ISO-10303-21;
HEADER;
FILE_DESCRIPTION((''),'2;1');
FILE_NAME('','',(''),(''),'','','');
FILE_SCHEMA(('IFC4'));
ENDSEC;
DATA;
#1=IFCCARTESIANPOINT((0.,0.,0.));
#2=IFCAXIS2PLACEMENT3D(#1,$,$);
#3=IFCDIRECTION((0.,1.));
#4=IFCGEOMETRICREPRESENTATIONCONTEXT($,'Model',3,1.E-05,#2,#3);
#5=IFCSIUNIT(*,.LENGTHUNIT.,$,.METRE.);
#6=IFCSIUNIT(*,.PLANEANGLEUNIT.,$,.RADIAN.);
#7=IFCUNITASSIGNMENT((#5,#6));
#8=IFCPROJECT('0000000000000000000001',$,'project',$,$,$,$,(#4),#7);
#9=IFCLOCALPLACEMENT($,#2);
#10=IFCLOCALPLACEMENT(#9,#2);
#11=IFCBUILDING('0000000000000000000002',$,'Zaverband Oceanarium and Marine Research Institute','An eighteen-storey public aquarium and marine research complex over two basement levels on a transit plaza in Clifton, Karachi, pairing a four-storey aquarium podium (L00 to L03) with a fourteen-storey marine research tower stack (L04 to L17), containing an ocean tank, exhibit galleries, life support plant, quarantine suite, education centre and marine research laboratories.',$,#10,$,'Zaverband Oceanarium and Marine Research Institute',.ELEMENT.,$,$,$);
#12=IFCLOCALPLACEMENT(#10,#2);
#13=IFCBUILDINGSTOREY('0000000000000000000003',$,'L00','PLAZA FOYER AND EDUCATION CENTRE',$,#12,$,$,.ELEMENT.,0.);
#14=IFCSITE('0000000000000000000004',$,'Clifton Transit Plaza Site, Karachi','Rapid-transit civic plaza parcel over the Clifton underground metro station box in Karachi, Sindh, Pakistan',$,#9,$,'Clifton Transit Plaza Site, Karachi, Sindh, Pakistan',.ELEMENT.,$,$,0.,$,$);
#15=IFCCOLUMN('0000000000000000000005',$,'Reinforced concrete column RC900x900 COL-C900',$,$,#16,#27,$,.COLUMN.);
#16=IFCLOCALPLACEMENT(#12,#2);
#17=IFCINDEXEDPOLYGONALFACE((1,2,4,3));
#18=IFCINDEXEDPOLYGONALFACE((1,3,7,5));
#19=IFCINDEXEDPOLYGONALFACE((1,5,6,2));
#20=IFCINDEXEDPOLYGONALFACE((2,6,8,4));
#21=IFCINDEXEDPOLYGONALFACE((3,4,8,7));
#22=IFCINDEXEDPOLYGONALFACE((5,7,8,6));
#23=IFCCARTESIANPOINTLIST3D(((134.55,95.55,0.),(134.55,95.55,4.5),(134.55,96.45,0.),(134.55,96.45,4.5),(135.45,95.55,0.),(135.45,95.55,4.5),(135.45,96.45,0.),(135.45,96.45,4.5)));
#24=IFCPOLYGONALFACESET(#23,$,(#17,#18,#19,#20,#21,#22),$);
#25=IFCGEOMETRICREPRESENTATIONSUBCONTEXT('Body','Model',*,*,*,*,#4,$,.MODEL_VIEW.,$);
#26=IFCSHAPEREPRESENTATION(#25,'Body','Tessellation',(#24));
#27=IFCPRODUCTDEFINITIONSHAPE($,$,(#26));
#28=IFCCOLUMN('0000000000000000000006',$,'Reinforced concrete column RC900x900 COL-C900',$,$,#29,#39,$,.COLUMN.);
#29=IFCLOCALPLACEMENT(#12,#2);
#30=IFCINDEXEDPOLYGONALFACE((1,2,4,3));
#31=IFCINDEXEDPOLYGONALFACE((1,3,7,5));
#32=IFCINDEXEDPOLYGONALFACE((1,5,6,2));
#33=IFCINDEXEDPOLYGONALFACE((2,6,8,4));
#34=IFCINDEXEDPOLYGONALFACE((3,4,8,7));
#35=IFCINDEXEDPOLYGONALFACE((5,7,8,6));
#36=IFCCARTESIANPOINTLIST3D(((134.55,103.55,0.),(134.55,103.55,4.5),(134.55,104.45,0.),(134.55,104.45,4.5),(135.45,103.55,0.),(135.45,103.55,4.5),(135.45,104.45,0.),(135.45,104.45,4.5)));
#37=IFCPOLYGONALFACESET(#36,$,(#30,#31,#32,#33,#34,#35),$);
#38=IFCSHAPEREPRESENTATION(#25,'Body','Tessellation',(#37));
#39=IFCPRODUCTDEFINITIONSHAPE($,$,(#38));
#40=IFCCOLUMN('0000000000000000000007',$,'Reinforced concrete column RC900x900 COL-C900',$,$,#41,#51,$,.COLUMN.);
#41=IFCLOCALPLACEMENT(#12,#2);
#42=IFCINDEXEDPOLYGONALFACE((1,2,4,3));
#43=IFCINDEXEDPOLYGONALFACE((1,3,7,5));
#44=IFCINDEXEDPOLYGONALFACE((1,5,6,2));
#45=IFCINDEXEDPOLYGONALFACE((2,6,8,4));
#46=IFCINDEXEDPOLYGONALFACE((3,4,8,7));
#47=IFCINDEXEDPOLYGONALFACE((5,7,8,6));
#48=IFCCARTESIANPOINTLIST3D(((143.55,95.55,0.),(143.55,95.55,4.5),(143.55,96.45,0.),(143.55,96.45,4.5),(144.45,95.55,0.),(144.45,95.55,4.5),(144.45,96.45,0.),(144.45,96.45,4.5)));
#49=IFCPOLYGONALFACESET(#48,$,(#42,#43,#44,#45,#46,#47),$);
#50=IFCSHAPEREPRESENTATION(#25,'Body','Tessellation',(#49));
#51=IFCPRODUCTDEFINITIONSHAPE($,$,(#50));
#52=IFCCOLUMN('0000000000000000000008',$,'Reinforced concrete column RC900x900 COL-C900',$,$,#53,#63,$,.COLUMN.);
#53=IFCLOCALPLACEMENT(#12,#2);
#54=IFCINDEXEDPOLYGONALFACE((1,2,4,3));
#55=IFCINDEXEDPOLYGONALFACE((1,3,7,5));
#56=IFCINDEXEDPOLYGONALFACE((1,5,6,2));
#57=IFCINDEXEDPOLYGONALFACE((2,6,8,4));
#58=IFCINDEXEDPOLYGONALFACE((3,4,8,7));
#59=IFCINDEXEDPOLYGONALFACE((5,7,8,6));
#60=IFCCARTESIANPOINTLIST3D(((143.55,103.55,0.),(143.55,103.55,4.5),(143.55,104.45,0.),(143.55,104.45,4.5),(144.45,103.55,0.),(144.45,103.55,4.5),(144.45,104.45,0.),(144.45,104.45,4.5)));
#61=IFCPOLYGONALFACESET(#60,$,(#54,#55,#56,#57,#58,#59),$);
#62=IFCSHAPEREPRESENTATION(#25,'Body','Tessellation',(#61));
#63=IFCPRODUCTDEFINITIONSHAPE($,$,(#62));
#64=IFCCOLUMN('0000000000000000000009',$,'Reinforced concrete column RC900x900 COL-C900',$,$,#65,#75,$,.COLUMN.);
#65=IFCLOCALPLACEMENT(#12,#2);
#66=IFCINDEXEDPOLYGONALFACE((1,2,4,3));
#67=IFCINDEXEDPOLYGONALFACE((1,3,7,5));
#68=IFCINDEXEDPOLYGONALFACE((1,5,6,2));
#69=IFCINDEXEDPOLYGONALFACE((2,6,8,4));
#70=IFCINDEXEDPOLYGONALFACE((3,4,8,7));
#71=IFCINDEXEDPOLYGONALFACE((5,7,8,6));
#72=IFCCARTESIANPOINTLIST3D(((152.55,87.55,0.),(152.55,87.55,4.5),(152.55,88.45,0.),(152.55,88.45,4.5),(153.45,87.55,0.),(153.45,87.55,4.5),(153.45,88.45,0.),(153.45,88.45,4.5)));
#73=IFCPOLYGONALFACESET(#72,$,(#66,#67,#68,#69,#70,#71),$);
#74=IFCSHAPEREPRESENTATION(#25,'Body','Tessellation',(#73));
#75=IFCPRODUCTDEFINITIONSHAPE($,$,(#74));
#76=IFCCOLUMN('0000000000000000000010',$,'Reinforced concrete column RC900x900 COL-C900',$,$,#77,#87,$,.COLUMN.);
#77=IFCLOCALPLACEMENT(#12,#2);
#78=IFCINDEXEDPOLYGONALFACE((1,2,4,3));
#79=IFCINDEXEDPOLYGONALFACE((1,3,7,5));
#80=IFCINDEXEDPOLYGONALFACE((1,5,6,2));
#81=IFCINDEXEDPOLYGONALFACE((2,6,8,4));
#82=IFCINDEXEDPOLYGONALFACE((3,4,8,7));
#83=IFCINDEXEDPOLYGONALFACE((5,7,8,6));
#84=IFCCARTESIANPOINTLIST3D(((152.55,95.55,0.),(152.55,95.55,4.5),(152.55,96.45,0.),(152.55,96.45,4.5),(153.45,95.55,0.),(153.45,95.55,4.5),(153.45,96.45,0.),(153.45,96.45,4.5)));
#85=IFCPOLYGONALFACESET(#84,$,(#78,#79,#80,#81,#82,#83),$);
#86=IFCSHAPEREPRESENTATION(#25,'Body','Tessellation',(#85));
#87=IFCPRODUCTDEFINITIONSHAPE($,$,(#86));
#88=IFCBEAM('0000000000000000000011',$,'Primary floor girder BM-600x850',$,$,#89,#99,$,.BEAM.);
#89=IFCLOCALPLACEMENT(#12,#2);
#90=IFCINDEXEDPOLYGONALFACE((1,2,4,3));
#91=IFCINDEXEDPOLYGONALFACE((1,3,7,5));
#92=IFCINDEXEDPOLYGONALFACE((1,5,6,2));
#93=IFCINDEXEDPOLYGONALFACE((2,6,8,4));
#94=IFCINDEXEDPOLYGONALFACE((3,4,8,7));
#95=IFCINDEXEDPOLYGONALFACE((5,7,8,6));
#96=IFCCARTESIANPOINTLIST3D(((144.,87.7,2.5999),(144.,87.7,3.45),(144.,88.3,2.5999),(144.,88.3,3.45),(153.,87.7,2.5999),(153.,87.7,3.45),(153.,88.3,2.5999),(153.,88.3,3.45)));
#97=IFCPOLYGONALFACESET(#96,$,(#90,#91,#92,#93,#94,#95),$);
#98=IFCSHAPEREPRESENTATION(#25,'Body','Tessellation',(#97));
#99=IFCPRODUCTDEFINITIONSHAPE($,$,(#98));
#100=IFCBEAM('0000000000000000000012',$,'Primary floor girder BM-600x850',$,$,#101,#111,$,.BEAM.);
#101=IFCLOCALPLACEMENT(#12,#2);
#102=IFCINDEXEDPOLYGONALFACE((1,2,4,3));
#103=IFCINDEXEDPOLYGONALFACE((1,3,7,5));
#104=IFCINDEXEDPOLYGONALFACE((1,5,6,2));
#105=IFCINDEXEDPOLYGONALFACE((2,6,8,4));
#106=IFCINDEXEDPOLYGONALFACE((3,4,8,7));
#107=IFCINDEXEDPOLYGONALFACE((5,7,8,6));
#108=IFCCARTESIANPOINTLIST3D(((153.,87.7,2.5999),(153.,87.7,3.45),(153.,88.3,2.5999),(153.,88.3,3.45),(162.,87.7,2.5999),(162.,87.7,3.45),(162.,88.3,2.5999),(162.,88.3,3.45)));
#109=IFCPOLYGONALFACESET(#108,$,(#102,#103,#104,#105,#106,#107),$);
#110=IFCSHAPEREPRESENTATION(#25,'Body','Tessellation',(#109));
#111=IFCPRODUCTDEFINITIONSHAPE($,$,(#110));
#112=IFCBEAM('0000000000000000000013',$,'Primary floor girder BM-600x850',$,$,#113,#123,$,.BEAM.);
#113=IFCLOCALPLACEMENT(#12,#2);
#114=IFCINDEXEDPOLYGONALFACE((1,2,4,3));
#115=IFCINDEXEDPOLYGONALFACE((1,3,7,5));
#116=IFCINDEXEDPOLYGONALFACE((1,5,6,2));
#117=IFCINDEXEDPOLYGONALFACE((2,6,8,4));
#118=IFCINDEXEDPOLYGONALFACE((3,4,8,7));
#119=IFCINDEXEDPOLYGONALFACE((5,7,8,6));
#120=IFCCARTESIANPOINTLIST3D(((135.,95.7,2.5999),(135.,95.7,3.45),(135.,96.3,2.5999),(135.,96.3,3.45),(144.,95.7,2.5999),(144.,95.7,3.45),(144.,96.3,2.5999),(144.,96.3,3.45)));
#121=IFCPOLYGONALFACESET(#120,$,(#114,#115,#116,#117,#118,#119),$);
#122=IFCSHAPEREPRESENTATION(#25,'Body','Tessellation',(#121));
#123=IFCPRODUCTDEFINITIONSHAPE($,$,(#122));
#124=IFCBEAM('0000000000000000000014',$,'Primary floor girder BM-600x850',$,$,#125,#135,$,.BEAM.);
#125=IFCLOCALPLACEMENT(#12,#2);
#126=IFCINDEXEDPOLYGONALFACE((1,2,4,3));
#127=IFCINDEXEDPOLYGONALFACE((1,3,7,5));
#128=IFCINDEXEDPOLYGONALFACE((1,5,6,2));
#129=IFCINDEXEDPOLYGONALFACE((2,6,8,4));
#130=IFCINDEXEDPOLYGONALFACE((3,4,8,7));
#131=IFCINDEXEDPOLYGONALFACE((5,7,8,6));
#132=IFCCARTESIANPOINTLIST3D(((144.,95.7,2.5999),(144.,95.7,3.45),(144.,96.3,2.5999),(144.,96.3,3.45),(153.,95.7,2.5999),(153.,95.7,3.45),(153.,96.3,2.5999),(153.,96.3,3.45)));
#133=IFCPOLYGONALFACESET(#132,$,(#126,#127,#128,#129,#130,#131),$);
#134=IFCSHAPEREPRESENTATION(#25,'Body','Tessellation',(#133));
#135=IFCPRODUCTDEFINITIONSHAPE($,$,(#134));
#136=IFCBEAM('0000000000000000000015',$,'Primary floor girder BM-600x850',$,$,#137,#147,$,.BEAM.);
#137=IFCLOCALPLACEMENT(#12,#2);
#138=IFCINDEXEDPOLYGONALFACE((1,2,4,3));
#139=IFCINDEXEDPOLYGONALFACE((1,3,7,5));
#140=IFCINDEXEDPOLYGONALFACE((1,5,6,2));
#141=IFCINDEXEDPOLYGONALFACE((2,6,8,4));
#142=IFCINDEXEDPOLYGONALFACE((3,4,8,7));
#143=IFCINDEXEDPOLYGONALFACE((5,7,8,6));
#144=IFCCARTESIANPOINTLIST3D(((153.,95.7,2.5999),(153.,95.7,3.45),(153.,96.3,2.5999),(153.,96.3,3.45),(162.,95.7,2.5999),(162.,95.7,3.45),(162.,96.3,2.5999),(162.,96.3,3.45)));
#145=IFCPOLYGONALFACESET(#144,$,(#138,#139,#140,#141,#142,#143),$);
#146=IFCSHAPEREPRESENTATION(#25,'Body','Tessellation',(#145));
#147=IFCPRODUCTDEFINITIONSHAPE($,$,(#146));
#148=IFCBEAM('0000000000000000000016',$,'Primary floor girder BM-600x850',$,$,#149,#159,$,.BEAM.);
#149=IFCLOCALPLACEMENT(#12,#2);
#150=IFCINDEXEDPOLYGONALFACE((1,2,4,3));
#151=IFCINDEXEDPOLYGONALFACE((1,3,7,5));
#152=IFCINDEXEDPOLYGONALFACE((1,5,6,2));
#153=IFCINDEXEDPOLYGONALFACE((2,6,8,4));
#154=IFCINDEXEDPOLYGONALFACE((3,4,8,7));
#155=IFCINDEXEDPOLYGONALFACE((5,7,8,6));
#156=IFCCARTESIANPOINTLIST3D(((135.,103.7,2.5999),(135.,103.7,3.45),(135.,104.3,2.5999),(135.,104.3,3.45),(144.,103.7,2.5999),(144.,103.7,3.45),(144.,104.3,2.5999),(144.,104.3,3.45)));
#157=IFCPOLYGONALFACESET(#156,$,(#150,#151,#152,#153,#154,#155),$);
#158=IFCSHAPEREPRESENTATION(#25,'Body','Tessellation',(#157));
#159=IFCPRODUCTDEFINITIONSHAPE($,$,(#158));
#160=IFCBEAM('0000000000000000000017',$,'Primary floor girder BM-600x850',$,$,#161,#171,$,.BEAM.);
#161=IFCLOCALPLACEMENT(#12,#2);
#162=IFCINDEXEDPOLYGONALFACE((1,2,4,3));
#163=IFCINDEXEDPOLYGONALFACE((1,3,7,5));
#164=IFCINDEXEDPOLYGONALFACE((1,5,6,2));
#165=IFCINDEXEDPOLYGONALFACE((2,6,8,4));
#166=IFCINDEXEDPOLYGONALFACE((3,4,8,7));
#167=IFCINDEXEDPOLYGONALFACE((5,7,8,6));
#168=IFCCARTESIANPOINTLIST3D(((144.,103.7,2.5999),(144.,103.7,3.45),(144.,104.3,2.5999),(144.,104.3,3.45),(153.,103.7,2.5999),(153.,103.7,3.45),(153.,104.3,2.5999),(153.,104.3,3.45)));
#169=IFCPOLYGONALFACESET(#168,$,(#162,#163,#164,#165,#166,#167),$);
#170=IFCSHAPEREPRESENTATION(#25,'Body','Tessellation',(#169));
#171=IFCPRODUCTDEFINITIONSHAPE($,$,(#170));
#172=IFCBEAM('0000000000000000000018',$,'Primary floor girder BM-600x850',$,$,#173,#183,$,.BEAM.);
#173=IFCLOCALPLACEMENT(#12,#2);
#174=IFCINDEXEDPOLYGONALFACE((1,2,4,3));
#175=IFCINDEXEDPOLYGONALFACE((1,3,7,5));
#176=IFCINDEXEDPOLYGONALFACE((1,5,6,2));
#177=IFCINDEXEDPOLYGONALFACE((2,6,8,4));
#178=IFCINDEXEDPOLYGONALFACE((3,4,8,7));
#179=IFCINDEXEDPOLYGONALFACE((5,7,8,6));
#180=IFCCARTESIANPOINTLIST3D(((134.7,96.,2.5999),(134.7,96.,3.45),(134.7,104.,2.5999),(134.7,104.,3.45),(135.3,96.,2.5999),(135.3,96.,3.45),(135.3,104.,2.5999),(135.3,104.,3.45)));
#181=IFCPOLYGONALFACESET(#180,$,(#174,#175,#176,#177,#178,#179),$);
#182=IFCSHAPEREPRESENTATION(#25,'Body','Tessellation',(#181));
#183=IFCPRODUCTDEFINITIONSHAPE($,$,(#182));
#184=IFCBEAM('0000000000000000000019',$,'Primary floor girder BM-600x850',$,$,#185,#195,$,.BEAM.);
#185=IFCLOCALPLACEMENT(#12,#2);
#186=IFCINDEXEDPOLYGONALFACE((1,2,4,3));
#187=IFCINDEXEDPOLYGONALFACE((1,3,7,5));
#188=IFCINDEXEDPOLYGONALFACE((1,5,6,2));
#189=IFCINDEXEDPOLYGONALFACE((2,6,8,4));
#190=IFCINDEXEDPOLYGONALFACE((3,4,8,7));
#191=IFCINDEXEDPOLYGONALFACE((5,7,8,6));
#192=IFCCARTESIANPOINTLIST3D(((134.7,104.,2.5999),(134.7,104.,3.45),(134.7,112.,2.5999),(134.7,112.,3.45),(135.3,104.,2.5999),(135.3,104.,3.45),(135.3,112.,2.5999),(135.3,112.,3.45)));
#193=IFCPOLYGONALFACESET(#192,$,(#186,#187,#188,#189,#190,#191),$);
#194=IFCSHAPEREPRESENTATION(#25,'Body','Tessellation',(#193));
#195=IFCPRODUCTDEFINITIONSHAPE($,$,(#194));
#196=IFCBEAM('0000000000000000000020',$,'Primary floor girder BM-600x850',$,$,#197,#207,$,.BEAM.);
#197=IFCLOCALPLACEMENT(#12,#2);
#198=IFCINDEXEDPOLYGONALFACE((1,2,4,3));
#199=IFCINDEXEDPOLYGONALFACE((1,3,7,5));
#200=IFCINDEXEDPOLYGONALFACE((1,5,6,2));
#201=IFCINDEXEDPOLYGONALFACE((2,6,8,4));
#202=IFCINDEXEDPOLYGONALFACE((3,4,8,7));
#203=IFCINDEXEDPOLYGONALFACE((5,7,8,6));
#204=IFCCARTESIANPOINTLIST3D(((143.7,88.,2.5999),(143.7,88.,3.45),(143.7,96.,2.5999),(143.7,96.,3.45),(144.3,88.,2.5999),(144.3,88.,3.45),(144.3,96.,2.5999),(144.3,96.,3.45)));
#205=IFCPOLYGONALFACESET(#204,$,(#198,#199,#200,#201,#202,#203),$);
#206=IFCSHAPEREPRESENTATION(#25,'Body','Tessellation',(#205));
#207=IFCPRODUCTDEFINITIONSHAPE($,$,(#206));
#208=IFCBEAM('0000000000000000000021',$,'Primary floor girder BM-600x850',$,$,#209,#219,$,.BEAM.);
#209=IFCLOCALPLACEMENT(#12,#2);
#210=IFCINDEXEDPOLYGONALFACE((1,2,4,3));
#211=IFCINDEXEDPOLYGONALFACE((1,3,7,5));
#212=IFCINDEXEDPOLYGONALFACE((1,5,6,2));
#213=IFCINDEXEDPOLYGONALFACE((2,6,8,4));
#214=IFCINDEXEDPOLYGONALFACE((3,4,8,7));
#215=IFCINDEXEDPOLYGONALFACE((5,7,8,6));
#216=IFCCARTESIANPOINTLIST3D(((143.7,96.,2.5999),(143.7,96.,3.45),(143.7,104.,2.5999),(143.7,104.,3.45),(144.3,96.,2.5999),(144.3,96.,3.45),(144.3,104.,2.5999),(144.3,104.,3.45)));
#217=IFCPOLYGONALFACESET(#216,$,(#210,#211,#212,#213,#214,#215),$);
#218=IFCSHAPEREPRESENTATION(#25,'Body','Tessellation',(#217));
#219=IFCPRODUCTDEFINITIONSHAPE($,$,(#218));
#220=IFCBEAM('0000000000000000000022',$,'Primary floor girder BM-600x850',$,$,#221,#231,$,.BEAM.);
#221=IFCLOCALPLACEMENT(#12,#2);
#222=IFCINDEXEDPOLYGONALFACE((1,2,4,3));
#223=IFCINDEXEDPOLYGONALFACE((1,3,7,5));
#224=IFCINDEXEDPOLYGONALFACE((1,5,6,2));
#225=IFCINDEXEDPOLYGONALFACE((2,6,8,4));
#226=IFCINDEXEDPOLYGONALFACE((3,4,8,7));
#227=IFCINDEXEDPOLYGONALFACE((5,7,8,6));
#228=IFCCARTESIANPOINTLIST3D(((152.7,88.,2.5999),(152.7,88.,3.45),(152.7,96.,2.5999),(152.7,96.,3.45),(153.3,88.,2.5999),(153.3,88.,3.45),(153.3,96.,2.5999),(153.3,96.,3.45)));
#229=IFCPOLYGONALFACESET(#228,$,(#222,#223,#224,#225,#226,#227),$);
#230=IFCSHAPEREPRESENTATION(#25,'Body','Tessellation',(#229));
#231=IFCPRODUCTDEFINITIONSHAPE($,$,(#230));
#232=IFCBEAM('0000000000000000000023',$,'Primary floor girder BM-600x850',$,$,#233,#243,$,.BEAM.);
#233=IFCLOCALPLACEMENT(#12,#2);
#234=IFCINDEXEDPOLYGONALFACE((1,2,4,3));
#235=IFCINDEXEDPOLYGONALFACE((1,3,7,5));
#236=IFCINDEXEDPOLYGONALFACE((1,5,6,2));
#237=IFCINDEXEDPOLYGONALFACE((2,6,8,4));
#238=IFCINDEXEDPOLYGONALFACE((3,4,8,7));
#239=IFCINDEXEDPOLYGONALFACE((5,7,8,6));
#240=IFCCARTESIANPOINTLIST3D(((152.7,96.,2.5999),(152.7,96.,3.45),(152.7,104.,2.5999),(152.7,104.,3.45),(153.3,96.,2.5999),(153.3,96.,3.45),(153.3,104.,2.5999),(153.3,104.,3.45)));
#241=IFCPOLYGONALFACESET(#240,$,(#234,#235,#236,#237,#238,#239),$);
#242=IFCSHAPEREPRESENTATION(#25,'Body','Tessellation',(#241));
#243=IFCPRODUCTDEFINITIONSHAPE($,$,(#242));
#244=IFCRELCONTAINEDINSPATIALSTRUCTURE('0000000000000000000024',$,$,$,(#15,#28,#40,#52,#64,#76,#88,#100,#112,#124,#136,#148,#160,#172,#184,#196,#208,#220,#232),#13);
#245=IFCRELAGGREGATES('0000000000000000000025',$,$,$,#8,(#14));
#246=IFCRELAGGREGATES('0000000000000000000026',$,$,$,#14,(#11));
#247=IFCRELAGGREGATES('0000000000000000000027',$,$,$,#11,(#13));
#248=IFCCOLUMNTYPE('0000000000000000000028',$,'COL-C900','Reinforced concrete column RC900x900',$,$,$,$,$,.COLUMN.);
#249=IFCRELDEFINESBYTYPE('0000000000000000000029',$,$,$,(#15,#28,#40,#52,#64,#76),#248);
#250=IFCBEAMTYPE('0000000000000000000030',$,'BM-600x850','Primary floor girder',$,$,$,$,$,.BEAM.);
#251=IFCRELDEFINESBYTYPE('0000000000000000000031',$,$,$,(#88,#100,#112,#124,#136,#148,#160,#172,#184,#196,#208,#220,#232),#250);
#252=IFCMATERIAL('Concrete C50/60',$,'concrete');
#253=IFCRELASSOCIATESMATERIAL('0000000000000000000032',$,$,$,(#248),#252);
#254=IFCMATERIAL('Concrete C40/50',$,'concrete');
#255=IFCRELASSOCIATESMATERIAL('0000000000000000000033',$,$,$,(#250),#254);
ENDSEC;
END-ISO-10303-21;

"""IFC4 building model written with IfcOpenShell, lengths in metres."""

from ifc_helpers import new_model, si_unit, direction, frame, origin, origin_2d, place, context, subcontext, project, spatial, rectangle, extrude, material, material_profile, profile_set, type_object, element, save


model = new_model("IFC4")

# Units and contexts
model_context = context("Model", 3, precision=1e-05, world=origin(), true_north=direction((0.0, 1.0)))
body_context = subcontext(model_context, "Body", "Model", "MODEL_VIEW")
ifc_project = project(units=[si_unit("LENGTHUNIT", "METRE"), si_unit("PLANEANGLEUNIT", "RADIAN")], contexts=[model_context])

# Site, building, storey
site_placement = place(None, origin())
site = spatial("IfcSite", under=ifc_project, at=site_placement, Name="Clifton Transit Plaza Site, Karachi", Description="Rapid-transit civic plaza parcel over the Clifton underground metro station box in Karachi, Sindh, Pakistan", LongName="Clifton Transit Plaza Site, Karachi, Sindh, Pakistan", CompositionType="ELEMENT", RefElevation=0.0)
building_placement = place(site_placement, origin())
building = spatial("IfcBuilding", under=site, at=building_placement, Name="Zaverband Oceanarium and Marine Research Institute", Description="An eighteen-storey public aquarium and marine research complex over two basement levels on a transit plaza in Clifton, Karachi, pairing a four-storey aquarium podium (L00 to L03) with a fourteen-storey marine research tower stack (L04 to L17), containing an ocean tank, exhibit galleries, life support plant, quarantine suite, education centre and marine research laboratories.", LongName="Zaverband Oceanarium and Marine Research Institute", CompositionType="ELEMENT")
storey_placement = place(building_placement, origin())
storey = spatial("IfcBuildingStorey", under=building, at=storey_placement, Name="L00", Description="PLAZA FOYER AND EDUCATION CENTRE", CompositionType="ELEMENT", Elevation=0.0)

# Columns
ifc_material_1 = material(Name="Concrete C50/60", Category="concrete")
ifc_material_profile_1 = material_profile(ifc_material_1, rectangle(XDim=0.8999, YDim=0.8999, at=origin_2d()), Name="RC900x900")
ifc_profile_set_1 = profile_set([ifc_material_profile_1], Name="Concrete C50/60")
column_type = type_object("IfcColumnType", Name="COL-C900", Description="Reinforced concrete column RC900x900", PredefinedType="COLUMN", material=ifc_profile_set_1)
for number, where, z_axis, x_axis, name in (
    (1, (135.0, 96.0, 0.0), (0.0, 0.0, 1.0), (1.0, 0.0, 0.0), "Reinforced concrete column RC900x900 COL-C900"),
    (2, (135.0, 104.0, 0.0), (0.0, 0.0, 1.0), (1.0, 0.0, 0.0), "Reinforced concrete column RC900x900 COL-C900"),
    (3, (144.0, 96.0, 0.0), (0.0, 0.0, 1.0), (1.0, 0.0, 0.0), "Reinforced concrete column RC900x900 COL-C900"),
    (4, (144.0, 104.0, 0.0), (0.0, 0.0, 1.0), (1.0, 0.0, 0.0), "Reinforced concrete column RC900x900 COL-C900"),
    (5, (153.0, 88.0, 0.0), (0.0, 0.0, 1.0), (1.0, 0.0, 0.0), "Reinforced concrete column RC900x900 COL-C900"),
    (6, (153.0, 96.0, 0.0), (0.0, 0.0, 1.0), (1.0, 0.0, 0.0), "Reinforced concrete column RC900x900 COL-C900"),
):
    element("IfcColumn", number, at=place(storey_placement, frame(where, z_axis=z_axis, x_axis=x_axis)), inside=storey, type_object=column_type, Name=name, PredefinedType="COLUMN", context=body_context, shape_type="SweptSolid", body=[
        extrude(rectangle(XDim=0.8999, YDim=0.8999, at=origin_2d()), origin(), (0.0, 0.0, 1.0), 4.5),
    ])

# Beams
ifc_material_2 = material(Name="Concrete C40/50", Category="concrete")
ifc_material_profile_2 = material_profile(ifc_material_2, rectangle(XDim=0.6001, YDim=0.8501, at=origin_2d()), Name="RC600x850")
ifc_profile_set_2 = profile_set([ifc_material_profile_2], Name="Concrete C40/50")
beam_type_1 = type_object("IfcBeamType", Name="BM-600x850", Description="Primary floor girder", PredefinedType="BEAM", material=ifc_profile_set_2)
for number, where, z_axis, x_axis, name in (
    (7, (144.0, 88.0, 3.0249), (1.0, 0.0, 0.0), (0.0, 1.0, 0.0), "Primary floor girder BM-600x850"),
    (8, (153.0, 88.0, 3.0249), (1.0, 0.0, 0.0), (0.0, 1.0, 0.0), "Primary floor girder BM-600x850"),
    (9, (135.0, 96.0, 3.0249), (1.0, 0.0, 0.0), (0.0, 1.0, 0.0), "Primary floor girder BM-600x850"),
    (10, (144.0, 96.0, 3.0249), (1.0, 0.0, 0.0), (0.0, 1.0, 0.0), "Primary floor girder BM-600x850"),
    (11, (153.0, 96.0, 3.0249), (1.0, 0.0, 0.0), (0.0, 1.0, 0.0), "Primary floor girder BM-600x850"),
    (12, (135.0, 104.0, 3.0249), (1.0, 0.0, 0.0), (0.0, 1.0, 0.0), "Primary floor girder BM-600x850"),
    (13, (144.0, 104.0, 3.0249), (1.0, 0.0, 0.0), (0.0, 1.0, 0.0), "Primary floor girder BM-600x850"),
):
    element("IfcBeam", number, at=place(storey_placement, frame(where, z_axis=z_axis, x_axis=x_axis)), inside=storey, type_object=beam_type_1, Name=name, PredefinedType="BEAM", context=body_context, shape_type="SweptSolid", body=[
        extrude(rectangle(XDim=0.6001, YDim=0.8501, at=origin_2d()), origin(), (0.0, 0.0, 1.0), 9.0),
    ])
for number, where, z_axis, x_axis, name in (
    (14, (135.0, 96.0, 3.0249), (0.0, 1.0, 0.0), (-1.0, 0.0, 0.0), "Primary floor girder BM-600x850"),
    (15, (135.0, 104.0, 3.0249), (0.0, 1.0, 0.0), (-1.0, 0.0, 0.0), "Primary floor girder BM-600x850"),
    (16, (144.0, 88.0, 3.0249), (0.0, 1.0, 0.0), (-1.0, 0.0, 0.0), "Primary floor girder BM-600x850"),
    (17, (144.0, 96.0, 3.0249), (0.0, 1.0, 0.0), (-1.0, 0.0, 0.0), "Primary floor girder BM-600x850"),
    (18, (153.0, 88.0, 3.0249), (0.0, 1.0, 0.0), (-1.0, 0.0, 0.0), "Primary floor girder BM-600x850"),
    (19, (153.0, 96.0, 3.0249), (0.0, 1.0, 0.0), (-1.0, 0.0, 0.0), "Primary floor girder BM-600x850"),
):
    element("IfcBeam", number, at=place(storey_placement, frame(where, z_axis=z_axis, x_axis=x_axis)), inside=storey, type_object=beam_type_1, Name=name, PredefinedType="BEAM", context=body_context, shape_type="SweptSolid", body=[
        extrude(rectangle(XDim=0.6001, YDim=0.8501, at=origin_2d()), origin(), (0.0, 0.0, 1.0), 8.0),
    ])

save(model, "model.ifc")
